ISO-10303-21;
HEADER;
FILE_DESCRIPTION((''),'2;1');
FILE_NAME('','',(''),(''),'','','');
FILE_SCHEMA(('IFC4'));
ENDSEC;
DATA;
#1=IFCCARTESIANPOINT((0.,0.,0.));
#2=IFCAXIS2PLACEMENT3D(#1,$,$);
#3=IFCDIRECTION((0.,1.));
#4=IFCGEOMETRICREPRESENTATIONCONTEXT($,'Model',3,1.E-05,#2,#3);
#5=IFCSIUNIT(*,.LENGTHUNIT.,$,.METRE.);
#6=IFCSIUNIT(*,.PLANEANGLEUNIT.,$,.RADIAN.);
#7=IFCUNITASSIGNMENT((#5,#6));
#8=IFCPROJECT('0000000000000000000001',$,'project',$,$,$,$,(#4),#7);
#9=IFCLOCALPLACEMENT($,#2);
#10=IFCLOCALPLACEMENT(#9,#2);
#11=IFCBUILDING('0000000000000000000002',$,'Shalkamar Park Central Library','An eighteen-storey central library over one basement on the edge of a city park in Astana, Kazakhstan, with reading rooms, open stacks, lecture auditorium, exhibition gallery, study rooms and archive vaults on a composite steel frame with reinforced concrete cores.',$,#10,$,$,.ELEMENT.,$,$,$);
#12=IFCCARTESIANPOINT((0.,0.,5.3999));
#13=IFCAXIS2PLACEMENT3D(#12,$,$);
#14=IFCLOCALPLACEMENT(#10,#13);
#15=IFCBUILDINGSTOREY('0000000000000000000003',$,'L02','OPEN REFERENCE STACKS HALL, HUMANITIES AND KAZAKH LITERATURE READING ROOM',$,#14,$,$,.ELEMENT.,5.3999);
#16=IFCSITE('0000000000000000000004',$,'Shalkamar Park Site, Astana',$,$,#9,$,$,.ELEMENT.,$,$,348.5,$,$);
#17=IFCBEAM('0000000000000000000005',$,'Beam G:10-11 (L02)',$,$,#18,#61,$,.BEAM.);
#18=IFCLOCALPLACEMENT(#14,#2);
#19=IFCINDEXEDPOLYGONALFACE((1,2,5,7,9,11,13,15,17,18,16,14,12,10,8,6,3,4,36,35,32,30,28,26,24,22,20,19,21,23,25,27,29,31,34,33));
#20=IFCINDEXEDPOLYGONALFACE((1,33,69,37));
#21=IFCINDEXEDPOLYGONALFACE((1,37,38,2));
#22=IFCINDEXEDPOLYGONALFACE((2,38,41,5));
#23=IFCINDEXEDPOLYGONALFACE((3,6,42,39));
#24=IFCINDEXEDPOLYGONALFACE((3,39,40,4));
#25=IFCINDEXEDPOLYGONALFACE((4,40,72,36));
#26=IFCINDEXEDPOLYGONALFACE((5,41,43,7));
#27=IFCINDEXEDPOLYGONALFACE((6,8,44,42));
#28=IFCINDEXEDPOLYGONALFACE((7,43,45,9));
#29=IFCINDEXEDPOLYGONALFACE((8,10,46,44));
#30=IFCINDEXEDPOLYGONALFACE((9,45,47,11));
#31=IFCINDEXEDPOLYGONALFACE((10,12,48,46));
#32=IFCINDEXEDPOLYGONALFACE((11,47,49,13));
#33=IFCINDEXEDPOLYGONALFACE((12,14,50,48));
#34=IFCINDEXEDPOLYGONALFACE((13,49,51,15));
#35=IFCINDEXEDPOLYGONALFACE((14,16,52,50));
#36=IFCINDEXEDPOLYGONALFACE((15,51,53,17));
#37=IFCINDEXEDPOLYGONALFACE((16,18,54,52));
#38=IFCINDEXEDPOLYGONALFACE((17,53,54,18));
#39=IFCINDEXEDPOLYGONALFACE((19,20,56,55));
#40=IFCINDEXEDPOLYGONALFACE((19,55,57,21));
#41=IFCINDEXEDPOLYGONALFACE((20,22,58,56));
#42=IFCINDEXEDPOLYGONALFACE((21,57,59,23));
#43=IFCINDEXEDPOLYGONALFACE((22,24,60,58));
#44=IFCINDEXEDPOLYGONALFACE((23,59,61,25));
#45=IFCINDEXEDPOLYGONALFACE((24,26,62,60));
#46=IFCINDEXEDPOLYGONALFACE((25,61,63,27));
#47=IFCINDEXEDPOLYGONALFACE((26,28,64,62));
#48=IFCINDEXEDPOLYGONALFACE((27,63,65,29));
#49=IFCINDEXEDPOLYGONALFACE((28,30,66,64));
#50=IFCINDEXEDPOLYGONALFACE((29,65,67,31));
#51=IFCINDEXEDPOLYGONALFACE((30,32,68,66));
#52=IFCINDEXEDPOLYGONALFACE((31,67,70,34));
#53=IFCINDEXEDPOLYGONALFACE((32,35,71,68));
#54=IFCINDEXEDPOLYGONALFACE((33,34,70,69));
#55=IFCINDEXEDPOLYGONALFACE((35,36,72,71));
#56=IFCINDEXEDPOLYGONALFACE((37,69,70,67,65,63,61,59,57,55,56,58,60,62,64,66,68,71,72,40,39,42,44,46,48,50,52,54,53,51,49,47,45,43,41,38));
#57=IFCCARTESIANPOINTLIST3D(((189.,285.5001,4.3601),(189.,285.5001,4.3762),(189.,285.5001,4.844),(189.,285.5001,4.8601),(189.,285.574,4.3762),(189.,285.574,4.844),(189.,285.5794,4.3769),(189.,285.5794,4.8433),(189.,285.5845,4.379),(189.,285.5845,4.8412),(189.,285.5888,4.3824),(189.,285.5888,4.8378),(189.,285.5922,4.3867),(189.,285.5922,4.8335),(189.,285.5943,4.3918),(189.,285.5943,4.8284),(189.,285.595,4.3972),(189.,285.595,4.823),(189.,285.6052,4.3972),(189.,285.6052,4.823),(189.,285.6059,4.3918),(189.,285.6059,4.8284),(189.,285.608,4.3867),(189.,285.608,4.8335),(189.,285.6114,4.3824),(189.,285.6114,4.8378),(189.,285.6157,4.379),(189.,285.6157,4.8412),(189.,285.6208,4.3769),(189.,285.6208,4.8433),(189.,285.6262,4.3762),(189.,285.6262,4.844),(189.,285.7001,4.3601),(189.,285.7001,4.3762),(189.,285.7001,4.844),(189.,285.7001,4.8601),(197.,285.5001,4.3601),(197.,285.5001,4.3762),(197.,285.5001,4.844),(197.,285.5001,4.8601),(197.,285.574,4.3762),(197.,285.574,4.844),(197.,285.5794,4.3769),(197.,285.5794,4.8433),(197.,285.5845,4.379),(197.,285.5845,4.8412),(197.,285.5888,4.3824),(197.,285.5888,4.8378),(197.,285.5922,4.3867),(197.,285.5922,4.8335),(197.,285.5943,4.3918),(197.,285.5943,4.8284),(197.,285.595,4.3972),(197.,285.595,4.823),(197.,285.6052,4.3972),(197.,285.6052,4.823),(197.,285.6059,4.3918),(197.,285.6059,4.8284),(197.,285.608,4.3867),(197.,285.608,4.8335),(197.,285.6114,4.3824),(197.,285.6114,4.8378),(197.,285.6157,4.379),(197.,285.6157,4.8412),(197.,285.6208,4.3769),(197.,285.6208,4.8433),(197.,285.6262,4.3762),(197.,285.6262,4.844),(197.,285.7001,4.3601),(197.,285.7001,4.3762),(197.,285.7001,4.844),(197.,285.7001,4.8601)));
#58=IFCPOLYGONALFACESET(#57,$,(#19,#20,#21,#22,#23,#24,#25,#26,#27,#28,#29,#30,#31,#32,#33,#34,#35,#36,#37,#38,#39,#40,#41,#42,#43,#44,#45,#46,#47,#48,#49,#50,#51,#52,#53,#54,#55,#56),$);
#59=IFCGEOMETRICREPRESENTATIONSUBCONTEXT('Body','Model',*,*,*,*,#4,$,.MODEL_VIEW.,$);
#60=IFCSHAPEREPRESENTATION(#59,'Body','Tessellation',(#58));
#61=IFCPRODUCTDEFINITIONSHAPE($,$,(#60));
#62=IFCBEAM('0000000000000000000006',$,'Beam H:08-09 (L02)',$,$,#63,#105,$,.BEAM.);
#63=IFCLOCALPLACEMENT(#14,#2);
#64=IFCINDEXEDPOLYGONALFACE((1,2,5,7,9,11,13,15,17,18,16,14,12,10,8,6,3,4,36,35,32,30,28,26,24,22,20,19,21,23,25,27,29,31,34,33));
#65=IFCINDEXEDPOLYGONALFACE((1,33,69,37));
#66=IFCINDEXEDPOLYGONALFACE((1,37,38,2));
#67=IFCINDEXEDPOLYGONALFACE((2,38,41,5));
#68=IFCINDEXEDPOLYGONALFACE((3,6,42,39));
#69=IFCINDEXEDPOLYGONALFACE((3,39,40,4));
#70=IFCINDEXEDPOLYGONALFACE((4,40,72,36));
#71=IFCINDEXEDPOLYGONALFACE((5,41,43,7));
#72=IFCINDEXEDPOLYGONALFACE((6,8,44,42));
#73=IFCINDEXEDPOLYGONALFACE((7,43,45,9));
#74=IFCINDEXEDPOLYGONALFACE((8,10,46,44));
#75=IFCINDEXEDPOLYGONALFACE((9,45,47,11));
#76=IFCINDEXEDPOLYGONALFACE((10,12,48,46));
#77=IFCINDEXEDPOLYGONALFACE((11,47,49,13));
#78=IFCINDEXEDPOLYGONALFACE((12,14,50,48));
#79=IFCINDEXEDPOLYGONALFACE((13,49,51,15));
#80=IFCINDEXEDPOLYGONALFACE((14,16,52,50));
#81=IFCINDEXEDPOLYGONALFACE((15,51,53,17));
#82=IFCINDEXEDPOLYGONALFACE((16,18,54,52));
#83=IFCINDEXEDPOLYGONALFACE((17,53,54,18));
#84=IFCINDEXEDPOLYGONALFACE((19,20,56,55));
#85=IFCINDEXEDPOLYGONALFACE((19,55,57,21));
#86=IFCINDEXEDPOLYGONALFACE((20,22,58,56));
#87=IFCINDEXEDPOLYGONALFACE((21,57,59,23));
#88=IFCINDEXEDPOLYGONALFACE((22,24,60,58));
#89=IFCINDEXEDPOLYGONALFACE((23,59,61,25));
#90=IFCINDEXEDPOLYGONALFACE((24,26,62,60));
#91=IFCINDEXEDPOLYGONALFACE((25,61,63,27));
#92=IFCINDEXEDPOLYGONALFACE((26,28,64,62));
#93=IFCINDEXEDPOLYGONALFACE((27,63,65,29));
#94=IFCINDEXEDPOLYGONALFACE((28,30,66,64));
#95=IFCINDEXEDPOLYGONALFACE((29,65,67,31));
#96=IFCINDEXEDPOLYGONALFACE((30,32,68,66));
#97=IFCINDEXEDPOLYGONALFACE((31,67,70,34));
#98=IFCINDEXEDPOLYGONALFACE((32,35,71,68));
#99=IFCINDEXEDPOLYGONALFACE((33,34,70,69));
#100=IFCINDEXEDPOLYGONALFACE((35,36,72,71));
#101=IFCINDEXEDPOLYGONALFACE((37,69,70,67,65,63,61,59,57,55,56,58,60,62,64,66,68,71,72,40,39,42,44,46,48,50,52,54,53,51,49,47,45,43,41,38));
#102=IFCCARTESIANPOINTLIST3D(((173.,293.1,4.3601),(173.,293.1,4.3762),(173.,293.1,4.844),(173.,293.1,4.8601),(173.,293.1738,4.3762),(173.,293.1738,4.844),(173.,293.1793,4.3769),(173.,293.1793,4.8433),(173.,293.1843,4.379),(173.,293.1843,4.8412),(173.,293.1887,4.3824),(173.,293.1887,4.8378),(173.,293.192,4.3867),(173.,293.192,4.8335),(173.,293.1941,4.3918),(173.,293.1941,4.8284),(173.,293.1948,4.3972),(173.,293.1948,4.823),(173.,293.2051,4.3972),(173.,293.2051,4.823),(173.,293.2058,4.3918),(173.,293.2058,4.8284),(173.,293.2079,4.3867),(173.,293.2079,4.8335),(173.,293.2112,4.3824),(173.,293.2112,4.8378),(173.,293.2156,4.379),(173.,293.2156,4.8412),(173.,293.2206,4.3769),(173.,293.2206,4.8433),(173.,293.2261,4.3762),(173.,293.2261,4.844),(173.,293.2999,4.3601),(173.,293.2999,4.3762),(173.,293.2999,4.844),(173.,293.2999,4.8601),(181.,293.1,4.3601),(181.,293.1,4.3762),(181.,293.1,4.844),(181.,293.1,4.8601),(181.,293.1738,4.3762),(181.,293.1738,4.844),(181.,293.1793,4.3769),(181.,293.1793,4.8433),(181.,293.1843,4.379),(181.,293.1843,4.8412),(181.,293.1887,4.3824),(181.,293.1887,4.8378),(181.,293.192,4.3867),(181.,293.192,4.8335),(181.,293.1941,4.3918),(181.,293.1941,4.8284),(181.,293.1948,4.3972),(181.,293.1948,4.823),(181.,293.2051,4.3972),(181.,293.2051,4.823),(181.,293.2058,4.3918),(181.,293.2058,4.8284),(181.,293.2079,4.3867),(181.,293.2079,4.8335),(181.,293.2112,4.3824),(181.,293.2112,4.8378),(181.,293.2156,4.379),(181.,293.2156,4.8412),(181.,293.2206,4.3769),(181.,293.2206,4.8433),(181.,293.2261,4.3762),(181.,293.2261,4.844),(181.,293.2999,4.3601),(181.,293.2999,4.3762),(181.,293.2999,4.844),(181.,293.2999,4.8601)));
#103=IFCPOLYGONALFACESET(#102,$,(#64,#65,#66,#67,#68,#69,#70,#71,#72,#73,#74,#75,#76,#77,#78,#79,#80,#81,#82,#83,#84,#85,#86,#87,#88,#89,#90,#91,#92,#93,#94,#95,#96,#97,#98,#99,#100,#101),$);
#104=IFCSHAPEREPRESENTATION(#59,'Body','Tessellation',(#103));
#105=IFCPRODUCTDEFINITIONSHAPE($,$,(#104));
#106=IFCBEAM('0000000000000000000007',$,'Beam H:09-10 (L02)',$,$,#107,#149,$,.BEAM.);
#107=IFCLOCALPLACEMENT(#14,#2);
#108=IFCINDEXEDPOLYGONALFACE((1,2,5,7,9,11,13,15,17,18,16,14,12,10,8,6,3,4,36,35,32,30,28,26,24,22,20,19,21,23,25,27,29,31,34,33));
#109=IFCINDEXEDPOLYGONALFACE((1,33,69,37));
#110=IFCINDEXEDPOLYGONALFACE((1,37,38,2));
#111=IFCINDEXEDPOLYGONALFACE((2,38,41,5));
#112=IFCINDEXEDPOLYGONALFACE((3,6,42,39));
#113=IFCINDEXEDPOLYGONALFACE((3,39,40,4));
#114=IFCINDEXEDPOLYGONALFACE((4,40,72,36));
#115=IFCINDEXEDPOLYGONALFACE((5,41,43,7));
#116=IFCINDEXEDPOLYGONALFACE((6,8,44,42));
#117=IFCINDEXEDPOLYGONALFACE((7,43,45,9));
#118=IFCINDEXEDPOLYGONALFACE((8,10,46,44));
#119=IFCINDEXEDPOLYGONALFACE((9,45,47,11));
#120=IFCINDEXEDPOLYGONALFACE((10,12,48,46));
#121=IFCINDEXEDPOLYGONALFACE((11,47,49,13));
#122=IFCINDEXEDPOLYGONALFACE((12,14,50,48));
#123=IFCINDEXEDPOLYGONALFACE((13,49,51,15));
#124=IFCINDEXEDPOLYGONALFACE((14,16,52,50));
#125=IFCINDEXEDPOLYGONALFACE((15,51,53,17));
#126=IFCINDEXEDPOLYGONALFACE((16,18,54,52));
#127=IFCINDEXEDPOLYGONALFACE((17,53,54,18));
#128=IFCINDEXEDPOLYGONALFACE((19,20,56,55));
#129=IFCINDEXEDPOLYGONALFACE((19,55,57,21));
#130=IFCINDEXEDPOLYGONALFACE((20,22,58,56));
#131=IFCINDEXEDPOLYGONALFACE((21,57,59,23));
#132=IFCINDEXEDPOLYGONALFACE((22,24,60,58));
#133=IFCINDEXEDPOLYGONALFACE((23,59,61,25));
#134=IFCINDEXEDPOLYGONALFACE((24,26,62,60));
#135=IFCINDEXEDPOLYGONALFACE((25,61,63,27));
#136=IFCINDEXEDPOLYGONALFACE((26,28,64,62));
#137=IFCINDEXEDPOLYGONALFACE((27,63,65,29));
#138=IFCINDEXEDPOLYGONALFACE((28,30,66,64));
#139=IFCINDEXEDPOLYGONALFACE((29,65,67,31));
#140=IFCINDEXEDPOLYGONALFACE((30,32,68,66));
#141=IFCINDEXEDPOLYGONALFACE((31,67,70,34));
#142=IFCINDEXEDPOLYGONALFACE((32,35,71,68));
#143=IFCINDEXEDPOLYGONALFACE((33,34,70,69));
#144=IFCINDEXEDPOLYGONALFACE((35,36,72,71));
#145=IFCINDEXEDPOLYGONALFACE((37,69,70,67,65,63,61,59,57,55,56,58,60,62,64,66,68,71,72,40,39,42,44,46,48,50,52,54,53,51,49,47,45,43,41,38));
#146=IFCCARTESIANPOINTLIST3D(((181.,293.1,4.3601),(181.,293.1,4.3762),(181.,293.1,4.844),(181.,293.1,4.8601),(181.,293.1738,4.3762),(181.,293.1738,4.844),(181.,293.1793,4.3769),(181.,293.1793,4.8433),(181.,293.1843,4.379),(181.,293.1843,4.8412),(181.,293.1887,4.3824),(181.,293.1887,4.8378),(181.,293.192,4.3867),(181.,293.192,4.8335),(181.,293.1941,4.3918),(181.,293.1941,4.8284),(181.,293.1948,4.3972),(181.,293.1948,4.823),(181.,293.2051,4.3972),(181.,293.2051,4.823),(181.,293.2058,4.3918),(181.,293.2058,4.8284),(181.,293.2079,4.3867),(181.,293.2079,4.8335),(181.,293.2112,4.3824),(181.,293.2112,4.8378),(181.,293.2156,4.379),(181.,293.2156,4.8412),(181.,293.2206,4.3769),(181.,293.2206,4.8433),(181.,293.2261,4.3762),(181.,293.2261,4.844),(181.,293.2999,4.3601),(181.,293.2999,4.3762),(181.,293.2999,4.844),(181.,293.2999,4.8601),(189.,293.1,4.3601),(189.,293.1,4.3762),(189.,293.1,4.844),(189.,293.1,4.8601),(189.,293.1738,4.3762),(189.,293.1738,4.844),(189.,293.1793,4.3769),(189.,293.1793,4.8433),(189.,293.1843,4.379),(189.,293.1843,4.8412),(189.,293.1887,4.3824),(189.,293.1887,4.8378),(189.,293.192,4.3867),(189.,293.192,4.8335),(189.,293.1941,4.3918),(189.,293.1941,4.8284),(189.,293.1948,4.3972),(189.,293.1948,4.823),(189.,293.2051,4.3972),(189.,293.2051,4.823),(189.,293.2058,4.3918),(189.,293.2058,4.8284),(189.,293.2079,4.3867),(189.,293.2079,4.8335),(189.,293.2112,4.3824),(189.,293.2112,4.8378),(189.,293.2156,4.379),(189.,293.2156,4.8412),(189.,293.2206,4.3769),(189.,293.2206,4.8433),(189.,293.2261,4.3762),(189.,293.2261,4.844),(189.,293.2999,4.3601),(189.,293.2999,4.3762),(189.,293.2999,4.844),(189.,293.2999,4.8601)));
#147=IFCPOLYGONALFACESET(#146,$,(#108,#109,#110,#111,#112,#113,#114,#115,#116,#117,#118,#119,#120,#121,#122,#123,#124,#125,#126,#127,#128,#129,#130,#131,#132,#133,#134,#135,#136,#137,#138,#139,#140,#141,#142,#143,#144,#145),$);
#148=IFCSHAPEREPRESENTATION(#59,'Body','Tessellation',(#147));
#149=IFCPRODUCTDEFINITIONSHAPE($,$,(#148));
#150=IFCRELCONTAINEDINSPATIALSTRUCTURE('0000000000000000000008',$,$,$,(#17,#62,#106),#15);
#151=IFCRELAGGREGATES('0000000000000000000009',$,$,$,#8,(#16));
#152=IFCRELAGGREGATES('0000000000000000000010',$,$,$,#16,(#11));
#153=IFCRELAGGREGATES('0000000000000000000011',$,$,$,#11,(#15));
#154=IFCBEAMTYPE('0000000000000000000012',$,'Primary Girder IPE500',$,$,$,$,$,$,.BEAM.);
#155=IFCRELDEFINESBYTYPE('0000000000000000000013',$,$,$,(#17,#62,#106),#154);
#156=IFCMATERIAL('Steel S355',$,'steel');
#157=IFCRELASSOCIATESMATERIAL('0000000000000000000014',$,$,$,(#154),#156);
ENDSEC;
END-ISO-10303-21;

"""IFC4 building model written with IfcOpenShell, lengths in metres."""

from ifc_helpers import new_model, si_unit, direction, frame, origin, origin_2d, place, context, subcontext, project, spatial, i_section, extrude, material, material_profile, profile_set, type_object, element, save


model = new_model("IFC4")

# Units and contexts
model_context = context("Model", 3, precision=1e-05, world=origin(), true_north=direction((0.0, 1.0)))
body_context = subcontext(model_context, "Body", "Model", "MODEL_VIEW")
ifc_project = project(units=[si_unit("LENGTHUNIT", "METRE"), si_unit("PLANEANGLEUNIT", "RADIAN")], contexts=[model_context])

# Site, building, storey
site_placement = place(None, origin())
site = spatial("IfcSite", under=ifc_project, at=site_placement, Name="Shalkamar Park Site, Astana", CompositionType="ELEMENT", RefElevation=348.5)
building_placement = place(site_placement, origin())
building = spatial("IfcBuilding", under=site, at=building_placement, Name="Shalkamar Park Central Library", Description="An eighteen-storey central library over one basement on the edge of a city park in Astana, Kazakhstan, with reading rooms, open stacks, lecture auditorium, exhibition gallery, study rooms and archive vaults on a composite steel frame with reinforced concrete cores.", CompositionType="ELEMENT")
storey_placement = place(building_placement, frame((0.0, 0.0, 5.3999)))
storey = spatial("IfcBuildingStorey", under=building, at=storey_placement, Name="L02", Description="OPEN REFERENCE STACKS HALL, HUMANITIES AND KAZAKH LITERATURE READING ROOM", CompositionType="ELEMENT", Elevation=5.3999)

# Shared definitions
ifc_material = material(Name="Steel S355", Category="steel")

# Beams
ifc_material_profile_1 = material_profile(ifc_material, i_section(OverallWidth=0.2, OverallDepth=0.5, WebThickness=0.0103, FlangeThickness=0.0161, FilletRadius=0.021, at=origin_2d()), Name="IPE 500")
ifc_profile_set_1 = profile_set([ifc_material_profile_1], Name="Steel S355")
beam_type_1 = type_object("IfcBeamType", Name="Primary Girder IPE500", PredefinedType="BEAM", material=ifc_profile_set_1)
for number, where, z_axis, x_axis, name in (
    (1, (189.0, 285.6001, 4.6101), (1.0, 0.0, 0.0), (0.0, 1.0, 0.0), "Beam G:10-11 (L02)"),
    (2, (173.0, 293.2, 4.6101), (1.0, 0.0, 0.0), (0.0, 1.0, 0.0), "Beam H:08-09 (L02)"),
    (3, (181.0, 293.2, 4.6101), (1.0, 0.0, 0.0), (0.0, 1.0, 0.0), "Beam H:09-10 (L02)"),
):
    element("IfcBeam", number, at=place(storey_placement, frame(where, z_axis=z_axis, x_axis=x_axis)), inside=storey, type_object=beam_type_1, Name=name, PredefinedType="BEAM", context=body_context, shape_type="SweptSolid", body=[
        extrude(i_section(OverallWidth=0.2, OverallDepth=0.5, WebThickness=0.0103, FlangeThickness=0.0161, FilletRadius=0.021, at=origin_2d()), origin(), (0.0, 0.0, 1.0), 8.0),
    ])

save(model, "model.ifc")
